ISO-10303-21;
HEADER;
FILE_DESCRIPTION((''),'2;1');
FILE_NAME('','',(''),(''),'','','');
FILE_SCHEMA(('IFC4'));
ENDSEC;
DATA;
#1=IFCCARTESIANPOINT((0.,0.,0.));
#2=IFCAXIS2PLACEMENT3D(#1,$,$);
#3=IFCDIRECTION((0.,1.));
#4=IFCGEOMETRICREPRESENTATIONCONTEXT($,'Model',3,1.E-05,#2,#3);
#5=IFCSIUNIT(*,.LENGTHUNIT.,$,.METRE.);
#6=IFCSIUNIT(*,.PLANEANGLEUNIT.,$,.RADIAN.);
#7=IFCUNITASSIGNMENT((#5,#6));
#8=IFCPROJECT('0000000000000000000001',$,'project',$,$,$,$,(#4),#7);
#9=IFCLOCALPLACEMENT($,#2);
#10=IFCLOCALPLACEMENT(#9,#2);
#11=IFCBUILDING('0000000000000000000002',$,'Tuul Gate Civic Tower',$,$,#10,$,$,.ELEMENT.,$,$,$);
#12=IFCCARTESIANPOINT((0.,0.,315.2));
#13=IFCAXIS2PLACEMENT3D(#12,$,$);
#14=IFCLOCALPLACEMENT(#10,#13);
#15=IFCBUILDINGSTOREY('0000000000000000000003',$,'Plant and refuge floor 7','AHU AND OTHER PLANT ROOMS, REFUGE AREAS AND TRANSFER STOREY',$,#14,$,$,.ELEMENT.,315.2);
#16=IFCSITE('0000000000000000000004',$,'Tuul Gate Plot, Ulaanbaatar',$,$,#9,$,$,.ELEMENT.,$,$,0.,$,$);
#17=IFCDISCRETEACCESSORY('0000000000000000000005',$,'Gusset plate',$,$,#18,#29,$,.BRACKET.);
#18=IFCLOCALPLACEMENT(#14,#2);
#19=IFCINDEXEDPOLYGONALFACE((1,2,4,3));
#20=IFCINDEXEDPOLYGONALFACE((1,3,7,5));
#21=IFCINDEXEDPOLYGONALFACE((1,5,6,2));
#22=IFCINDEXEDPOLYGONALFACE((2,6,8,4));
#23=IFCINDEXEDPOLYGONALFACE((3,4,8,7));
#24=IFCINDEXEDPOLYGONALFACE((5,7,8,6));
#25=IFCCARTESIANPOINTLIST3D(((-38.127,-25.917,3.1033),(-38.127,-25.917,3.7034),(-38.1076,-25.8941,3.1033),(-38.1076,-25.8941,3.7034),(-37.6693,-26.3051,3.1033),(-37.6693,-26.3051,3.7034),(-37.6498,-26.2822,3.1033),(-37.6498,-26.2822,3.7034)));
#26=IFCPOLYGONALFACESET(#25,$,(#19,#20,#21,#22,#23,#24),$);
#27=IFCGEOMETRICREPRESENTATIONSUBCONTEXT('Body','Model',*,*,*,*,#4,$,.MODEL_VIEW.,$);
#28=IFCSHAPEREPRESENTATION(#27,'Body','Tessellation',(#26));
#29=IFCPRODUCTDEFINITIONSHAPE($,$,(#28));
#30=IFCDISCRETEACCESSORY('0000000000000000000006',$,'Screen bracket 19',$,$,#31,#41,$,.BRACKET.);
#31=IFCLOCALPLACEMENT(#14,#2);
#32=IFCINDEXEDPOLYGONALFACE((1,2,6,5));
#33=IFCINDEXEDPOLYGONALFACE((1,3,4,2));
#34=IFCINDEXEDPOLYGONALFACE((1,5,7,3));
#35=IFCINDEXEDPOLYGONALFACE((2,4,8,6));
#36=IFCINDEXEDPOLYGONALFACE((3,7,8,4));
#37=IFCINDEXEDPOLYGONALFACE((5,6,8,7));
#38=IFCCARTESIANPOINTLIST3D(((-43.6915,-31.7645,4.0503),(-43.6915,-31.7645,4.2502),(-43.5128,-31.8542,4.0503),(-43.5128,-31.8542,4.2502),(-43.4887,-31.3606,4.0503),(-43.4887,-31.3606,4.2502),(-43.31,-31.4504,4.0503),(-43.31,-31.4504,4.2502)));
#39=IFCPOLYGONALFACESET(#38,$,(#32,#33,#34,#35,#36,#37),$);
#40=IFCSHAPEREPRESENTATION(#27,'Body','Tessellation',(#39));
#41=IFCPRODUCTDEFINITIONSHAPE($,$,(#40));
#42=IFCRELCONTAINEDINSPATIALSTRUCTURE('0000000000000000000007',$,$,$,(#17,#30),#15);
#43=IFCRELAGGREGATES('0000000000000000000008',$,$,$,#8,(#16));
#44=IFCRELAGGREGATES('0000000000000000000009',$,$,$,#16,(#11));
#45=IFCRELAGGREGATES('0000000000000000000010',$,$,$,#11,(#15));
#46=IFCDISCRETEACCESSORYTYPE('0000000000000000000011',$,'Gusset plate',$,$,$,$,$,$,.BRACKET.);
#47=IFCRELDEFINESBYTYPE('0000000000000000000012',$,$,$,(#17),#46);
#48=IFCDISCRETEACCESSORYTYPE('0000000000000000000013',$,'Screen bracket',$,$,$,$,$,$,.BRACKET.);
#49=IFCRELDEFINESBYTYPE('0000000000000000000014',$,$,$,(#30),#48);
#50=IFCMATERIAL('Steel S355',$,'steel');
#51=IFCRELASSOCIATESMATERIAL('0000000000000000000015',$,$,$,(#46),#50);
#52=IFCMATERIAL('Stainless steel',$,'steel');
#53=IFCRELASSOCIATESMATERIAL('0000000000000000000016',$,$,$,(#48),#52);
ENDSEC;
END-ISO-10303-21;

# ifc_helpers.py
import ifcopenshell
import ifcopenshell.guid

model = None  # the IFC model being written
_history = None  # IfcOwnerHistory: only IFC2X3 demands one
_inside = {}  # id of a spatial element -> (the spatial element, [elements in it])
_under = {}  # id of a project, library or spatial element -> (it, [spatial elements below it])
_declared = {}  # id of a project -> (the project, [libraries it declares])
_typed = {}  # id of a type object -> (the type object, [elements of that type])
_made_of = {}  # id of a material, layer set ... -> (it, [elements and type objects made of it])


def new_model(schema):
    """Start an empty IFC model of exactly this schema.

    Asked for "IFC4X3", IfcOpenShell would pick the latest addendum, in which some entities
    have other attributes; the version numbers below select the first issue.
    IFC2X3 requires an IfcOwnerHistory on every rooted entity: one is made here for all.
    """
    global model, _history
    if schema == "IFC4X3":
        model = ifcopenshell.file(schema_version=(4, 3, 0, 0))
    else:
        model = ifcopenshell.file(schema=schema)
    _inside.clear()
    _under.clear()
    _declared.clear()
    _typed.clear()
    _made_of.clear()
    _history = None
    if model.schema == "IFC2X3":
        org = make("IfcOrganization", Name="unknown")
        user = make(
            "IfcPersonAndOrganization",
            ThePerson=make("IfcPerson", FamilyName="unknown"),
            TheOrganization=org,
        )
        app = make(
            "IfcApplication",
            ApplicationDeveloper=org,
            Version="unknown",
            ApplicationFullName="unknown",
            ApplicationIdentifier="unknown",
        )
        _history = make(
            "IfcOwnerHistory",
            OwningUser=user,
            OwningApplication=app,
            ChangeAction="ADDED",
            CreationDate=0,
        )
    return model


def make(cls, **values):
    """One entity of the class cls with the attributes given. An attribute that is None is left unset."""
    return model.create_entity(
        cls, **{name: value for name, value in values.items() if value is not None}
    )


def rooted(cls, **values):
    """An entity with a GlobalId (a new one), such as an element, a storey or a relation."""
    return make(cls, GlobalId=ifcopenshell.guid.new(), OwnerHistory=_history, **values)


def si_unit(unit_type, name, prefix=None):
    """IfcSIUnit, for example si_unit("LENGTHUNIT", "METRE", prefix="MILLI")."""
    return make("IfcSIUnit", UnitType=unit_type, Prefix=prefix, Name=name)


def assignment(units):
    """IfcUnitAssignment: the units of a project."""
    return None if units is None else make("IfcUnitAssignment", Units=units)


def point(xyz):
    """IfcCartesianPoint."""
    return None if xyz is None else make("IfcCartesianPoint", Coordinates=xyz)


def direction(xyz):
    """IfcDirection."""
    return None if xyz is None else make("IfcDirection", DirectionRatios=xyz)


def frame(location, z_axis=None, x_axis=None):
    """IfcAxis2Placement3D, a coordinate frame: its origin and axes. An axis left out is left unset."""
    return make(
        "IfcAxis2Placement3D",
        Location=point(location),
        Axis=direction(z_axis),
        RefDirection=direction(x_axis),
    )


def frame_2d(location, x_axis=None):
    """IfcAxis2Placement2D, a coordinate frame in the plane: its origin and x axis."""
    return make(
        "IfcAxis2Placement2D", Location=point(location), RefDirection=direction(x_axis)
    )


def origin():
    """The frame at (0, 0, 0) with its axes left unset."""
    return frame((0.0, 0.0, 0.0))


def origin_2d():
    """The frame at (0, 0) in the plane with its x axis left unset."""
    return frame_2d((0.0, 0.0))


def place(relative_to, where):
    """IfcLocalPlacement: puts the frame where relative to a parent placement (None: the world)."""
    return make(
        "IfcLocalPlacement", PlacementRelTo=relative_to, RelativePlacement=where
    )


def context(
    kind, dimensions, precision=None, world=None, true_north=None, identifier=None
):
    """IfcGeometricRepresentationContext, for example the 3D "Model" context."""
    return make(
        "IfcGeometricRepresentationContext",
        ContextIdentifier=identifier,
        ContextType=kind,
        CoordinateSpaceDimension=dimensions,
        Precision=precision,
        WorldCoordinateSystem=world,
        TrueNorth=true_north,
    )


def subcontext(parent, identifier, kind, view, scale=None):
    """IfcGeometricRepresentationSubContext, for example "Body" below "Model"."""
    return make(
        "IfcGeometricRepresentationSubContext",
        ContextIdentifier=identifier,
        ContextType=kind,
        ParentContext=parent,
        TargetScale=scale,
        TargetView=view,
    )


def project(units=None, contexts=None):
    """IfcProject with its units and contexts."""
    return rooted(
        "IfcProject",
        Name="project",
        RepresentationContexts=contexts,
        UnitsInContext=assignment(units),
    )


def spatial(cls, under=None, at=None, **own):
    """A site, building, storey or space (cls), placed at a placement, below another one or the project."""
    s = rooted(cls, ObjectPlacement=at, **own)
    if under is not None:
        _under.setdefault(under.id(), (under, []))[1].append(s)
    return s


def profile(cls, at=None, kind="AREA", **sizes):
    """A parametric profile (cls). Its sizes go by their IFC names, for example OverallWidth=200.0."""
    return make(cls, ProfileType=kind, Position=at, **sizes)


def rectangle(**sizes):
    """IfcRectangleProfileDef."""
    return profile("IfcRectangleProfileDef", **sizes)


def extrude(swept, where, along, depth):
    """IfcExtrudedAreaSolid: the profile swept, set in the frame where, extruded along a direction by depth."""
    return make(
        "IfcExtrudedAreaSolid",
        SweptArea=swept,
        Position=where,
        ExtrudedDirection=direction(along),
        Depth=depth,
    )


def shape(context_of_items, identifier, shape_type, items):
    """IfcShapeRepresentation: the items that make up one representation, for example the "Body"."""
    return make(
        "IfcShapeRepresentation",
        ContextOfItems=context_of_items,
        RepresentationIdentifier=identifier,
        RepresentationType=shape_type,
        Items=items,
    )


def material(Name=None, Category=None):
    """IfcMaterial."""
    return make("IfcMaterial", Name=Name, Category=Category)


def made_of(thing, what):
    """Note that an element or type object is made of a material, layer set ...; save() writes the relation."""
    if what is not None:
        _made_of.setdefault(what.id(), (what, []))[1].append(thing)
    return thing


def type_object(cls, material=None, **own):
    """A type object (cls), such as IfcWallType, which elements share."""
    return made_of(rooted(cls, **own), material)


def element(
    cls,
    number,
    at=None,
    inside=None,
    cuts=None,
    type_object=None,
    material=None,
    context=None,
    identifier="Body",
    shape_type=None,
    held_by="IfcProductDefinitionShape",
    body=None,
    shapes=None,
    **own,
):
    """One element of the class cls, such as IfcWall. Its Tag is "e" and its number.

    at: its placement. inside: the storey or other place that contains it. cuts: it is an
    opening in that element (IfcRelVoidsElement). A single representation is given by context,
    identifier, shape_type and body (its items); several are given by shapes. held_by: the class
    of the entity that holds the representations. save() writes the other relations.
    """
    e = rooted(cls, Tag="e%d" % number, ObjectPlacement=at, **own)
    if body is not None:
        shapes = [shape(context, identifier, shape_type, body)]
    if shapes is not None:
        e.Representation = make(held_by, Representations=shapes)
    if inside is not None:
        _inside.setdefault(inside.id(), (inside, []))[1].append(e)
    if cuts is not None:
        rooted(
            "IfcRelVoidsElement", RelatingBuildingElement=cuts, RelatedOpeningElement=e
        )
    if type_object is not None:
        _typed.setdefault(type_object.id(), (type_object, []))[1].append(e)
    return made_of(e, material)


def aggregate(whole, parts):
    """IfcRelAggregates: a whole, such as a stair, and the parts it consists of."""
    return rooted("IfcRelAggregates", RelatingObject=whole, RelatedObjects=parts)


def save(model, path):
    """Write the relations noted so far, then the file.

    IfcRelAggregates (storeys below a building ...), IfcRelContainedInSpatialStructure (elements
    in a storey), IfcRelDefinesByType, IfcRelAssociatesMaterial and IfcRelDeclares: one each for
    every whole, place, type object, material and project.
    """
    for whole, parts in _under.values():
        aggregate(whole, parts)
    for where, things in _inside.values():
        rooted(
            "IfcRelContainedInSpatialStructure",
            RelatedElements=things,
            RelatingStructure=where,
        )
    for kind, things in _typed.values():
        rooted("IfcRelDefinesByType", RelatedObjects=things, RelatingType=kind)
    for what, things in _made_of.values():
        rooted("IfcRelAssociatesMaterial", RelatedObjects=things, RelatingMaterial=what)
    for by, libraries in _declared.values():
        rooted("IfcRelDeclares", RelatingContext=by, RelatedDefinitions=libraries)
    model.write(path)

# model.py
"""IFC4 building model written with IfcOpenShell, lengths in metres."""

from ifc_helpers import new_model, si_unit, direction, frame, origin, origin_2d, place, context, subcontext, project, spatial, rectangle, extrude, material, type_object, element, save


model = new_model("IFC4")

# Units and contexts
model_context = context("Model", 3, precision=1e-05, world=origin(), true_north=direction((0.0, 1.0)))
body_context = subcontext(model_context, "Body", "Model", "MODEL_VIEW")
ifc_project = project(units=[si_unit("LENGTHUNIT", "METRE"), si_unit("PLANEANGLEUNIT", "RADIAN")], contexts=[model_context])

# Site, building, storey
site_placement = place(None, origin())
site = spatial("IfcSite", under=ifc_project, at=site_placement, Name="Tuul Gate Plot, Ulaanbaatar", CompositionType="ELEMENT", RefElevation=0.0)
building_placement = place(site_placement, origin())
building = spatial("IfcBuilding", under=site, at=building_placement, Name="Tuul Gate Civic Tower", CompositionType="ELEMENT")
storey_placement = place(building_placement, frame((0.0, 0.0, 315.2)))
storey = spatial("IfcBuildingStorey", under=building, at=storey_placement, Name="Plant and refuge floor 7", Description="AHU AND OTHER PLANT ROOMS, REFUGE AREAS AND TRANSFER STOREY", CompositionType="ELEMENT", Elevation=315.2)

# Discrete accessories
ifc_material_1 = material(Name="Steel S355", Category="steel")
discrete_accessory_type_1 = type_object("IfcDiscreteAccessoryType", Name="Gusset plate", PredefinedType="BRACKET", material=ifc_material_1)
discrete_accessory_1_placement = place(storey_placement, frame((-37.8884, -26.0996, 3.1033), z_axis=(0.0, 0.0, 1.0), x_axis=(-0.762825, 0.646605, 0.0)))
element("IfcDiscreteAccessory", 1, at=discrete_accessory_1_placement, inside=storey, type_object=discrete_accessory_type_1, Name="Gusset plate", PredefinedType="BRACKET", context=body_context, shape_type="SweptSolid", body=[
    extrude(rectangle(XDim=0.6001, YDim=0.03, at=origin_2d()), origin(), (0.0, 0.0, 1.0), 0.6001),
])
ifc_material_2 = material(Name="Stainless steel", Category="steel")
discrete_accessory_type_2 = type_object("IfcDiscreteAccessoryType", Name="Screen bracket", PredefinedType="BRACKET", material=ifc_material_2)
discrete_accessory_2_placement = place(storey_placement, frame((-43.5007, -31.6074, 4.0503), z_axis=(0.0, 0.0, 1.0), x_axis=(-0.448842, -0.893611, 0.0)))
element("IfcDiscreteAccessory", 2, at=discrete_accessory_2_placement, inside=storey, type_object=discrete_accessory_type_2, Name="Screen bracket 19", PredefinedType="BRACKET", context=body_context, shape_type="SweptSolid", body=[
    extrude(rectangle(XDim=0.4519, YDim=0.2, at=origin_2d()), origin(), (0.0, 0.0, 1.0), 0.2),
])

save(model, "model.ifc")
